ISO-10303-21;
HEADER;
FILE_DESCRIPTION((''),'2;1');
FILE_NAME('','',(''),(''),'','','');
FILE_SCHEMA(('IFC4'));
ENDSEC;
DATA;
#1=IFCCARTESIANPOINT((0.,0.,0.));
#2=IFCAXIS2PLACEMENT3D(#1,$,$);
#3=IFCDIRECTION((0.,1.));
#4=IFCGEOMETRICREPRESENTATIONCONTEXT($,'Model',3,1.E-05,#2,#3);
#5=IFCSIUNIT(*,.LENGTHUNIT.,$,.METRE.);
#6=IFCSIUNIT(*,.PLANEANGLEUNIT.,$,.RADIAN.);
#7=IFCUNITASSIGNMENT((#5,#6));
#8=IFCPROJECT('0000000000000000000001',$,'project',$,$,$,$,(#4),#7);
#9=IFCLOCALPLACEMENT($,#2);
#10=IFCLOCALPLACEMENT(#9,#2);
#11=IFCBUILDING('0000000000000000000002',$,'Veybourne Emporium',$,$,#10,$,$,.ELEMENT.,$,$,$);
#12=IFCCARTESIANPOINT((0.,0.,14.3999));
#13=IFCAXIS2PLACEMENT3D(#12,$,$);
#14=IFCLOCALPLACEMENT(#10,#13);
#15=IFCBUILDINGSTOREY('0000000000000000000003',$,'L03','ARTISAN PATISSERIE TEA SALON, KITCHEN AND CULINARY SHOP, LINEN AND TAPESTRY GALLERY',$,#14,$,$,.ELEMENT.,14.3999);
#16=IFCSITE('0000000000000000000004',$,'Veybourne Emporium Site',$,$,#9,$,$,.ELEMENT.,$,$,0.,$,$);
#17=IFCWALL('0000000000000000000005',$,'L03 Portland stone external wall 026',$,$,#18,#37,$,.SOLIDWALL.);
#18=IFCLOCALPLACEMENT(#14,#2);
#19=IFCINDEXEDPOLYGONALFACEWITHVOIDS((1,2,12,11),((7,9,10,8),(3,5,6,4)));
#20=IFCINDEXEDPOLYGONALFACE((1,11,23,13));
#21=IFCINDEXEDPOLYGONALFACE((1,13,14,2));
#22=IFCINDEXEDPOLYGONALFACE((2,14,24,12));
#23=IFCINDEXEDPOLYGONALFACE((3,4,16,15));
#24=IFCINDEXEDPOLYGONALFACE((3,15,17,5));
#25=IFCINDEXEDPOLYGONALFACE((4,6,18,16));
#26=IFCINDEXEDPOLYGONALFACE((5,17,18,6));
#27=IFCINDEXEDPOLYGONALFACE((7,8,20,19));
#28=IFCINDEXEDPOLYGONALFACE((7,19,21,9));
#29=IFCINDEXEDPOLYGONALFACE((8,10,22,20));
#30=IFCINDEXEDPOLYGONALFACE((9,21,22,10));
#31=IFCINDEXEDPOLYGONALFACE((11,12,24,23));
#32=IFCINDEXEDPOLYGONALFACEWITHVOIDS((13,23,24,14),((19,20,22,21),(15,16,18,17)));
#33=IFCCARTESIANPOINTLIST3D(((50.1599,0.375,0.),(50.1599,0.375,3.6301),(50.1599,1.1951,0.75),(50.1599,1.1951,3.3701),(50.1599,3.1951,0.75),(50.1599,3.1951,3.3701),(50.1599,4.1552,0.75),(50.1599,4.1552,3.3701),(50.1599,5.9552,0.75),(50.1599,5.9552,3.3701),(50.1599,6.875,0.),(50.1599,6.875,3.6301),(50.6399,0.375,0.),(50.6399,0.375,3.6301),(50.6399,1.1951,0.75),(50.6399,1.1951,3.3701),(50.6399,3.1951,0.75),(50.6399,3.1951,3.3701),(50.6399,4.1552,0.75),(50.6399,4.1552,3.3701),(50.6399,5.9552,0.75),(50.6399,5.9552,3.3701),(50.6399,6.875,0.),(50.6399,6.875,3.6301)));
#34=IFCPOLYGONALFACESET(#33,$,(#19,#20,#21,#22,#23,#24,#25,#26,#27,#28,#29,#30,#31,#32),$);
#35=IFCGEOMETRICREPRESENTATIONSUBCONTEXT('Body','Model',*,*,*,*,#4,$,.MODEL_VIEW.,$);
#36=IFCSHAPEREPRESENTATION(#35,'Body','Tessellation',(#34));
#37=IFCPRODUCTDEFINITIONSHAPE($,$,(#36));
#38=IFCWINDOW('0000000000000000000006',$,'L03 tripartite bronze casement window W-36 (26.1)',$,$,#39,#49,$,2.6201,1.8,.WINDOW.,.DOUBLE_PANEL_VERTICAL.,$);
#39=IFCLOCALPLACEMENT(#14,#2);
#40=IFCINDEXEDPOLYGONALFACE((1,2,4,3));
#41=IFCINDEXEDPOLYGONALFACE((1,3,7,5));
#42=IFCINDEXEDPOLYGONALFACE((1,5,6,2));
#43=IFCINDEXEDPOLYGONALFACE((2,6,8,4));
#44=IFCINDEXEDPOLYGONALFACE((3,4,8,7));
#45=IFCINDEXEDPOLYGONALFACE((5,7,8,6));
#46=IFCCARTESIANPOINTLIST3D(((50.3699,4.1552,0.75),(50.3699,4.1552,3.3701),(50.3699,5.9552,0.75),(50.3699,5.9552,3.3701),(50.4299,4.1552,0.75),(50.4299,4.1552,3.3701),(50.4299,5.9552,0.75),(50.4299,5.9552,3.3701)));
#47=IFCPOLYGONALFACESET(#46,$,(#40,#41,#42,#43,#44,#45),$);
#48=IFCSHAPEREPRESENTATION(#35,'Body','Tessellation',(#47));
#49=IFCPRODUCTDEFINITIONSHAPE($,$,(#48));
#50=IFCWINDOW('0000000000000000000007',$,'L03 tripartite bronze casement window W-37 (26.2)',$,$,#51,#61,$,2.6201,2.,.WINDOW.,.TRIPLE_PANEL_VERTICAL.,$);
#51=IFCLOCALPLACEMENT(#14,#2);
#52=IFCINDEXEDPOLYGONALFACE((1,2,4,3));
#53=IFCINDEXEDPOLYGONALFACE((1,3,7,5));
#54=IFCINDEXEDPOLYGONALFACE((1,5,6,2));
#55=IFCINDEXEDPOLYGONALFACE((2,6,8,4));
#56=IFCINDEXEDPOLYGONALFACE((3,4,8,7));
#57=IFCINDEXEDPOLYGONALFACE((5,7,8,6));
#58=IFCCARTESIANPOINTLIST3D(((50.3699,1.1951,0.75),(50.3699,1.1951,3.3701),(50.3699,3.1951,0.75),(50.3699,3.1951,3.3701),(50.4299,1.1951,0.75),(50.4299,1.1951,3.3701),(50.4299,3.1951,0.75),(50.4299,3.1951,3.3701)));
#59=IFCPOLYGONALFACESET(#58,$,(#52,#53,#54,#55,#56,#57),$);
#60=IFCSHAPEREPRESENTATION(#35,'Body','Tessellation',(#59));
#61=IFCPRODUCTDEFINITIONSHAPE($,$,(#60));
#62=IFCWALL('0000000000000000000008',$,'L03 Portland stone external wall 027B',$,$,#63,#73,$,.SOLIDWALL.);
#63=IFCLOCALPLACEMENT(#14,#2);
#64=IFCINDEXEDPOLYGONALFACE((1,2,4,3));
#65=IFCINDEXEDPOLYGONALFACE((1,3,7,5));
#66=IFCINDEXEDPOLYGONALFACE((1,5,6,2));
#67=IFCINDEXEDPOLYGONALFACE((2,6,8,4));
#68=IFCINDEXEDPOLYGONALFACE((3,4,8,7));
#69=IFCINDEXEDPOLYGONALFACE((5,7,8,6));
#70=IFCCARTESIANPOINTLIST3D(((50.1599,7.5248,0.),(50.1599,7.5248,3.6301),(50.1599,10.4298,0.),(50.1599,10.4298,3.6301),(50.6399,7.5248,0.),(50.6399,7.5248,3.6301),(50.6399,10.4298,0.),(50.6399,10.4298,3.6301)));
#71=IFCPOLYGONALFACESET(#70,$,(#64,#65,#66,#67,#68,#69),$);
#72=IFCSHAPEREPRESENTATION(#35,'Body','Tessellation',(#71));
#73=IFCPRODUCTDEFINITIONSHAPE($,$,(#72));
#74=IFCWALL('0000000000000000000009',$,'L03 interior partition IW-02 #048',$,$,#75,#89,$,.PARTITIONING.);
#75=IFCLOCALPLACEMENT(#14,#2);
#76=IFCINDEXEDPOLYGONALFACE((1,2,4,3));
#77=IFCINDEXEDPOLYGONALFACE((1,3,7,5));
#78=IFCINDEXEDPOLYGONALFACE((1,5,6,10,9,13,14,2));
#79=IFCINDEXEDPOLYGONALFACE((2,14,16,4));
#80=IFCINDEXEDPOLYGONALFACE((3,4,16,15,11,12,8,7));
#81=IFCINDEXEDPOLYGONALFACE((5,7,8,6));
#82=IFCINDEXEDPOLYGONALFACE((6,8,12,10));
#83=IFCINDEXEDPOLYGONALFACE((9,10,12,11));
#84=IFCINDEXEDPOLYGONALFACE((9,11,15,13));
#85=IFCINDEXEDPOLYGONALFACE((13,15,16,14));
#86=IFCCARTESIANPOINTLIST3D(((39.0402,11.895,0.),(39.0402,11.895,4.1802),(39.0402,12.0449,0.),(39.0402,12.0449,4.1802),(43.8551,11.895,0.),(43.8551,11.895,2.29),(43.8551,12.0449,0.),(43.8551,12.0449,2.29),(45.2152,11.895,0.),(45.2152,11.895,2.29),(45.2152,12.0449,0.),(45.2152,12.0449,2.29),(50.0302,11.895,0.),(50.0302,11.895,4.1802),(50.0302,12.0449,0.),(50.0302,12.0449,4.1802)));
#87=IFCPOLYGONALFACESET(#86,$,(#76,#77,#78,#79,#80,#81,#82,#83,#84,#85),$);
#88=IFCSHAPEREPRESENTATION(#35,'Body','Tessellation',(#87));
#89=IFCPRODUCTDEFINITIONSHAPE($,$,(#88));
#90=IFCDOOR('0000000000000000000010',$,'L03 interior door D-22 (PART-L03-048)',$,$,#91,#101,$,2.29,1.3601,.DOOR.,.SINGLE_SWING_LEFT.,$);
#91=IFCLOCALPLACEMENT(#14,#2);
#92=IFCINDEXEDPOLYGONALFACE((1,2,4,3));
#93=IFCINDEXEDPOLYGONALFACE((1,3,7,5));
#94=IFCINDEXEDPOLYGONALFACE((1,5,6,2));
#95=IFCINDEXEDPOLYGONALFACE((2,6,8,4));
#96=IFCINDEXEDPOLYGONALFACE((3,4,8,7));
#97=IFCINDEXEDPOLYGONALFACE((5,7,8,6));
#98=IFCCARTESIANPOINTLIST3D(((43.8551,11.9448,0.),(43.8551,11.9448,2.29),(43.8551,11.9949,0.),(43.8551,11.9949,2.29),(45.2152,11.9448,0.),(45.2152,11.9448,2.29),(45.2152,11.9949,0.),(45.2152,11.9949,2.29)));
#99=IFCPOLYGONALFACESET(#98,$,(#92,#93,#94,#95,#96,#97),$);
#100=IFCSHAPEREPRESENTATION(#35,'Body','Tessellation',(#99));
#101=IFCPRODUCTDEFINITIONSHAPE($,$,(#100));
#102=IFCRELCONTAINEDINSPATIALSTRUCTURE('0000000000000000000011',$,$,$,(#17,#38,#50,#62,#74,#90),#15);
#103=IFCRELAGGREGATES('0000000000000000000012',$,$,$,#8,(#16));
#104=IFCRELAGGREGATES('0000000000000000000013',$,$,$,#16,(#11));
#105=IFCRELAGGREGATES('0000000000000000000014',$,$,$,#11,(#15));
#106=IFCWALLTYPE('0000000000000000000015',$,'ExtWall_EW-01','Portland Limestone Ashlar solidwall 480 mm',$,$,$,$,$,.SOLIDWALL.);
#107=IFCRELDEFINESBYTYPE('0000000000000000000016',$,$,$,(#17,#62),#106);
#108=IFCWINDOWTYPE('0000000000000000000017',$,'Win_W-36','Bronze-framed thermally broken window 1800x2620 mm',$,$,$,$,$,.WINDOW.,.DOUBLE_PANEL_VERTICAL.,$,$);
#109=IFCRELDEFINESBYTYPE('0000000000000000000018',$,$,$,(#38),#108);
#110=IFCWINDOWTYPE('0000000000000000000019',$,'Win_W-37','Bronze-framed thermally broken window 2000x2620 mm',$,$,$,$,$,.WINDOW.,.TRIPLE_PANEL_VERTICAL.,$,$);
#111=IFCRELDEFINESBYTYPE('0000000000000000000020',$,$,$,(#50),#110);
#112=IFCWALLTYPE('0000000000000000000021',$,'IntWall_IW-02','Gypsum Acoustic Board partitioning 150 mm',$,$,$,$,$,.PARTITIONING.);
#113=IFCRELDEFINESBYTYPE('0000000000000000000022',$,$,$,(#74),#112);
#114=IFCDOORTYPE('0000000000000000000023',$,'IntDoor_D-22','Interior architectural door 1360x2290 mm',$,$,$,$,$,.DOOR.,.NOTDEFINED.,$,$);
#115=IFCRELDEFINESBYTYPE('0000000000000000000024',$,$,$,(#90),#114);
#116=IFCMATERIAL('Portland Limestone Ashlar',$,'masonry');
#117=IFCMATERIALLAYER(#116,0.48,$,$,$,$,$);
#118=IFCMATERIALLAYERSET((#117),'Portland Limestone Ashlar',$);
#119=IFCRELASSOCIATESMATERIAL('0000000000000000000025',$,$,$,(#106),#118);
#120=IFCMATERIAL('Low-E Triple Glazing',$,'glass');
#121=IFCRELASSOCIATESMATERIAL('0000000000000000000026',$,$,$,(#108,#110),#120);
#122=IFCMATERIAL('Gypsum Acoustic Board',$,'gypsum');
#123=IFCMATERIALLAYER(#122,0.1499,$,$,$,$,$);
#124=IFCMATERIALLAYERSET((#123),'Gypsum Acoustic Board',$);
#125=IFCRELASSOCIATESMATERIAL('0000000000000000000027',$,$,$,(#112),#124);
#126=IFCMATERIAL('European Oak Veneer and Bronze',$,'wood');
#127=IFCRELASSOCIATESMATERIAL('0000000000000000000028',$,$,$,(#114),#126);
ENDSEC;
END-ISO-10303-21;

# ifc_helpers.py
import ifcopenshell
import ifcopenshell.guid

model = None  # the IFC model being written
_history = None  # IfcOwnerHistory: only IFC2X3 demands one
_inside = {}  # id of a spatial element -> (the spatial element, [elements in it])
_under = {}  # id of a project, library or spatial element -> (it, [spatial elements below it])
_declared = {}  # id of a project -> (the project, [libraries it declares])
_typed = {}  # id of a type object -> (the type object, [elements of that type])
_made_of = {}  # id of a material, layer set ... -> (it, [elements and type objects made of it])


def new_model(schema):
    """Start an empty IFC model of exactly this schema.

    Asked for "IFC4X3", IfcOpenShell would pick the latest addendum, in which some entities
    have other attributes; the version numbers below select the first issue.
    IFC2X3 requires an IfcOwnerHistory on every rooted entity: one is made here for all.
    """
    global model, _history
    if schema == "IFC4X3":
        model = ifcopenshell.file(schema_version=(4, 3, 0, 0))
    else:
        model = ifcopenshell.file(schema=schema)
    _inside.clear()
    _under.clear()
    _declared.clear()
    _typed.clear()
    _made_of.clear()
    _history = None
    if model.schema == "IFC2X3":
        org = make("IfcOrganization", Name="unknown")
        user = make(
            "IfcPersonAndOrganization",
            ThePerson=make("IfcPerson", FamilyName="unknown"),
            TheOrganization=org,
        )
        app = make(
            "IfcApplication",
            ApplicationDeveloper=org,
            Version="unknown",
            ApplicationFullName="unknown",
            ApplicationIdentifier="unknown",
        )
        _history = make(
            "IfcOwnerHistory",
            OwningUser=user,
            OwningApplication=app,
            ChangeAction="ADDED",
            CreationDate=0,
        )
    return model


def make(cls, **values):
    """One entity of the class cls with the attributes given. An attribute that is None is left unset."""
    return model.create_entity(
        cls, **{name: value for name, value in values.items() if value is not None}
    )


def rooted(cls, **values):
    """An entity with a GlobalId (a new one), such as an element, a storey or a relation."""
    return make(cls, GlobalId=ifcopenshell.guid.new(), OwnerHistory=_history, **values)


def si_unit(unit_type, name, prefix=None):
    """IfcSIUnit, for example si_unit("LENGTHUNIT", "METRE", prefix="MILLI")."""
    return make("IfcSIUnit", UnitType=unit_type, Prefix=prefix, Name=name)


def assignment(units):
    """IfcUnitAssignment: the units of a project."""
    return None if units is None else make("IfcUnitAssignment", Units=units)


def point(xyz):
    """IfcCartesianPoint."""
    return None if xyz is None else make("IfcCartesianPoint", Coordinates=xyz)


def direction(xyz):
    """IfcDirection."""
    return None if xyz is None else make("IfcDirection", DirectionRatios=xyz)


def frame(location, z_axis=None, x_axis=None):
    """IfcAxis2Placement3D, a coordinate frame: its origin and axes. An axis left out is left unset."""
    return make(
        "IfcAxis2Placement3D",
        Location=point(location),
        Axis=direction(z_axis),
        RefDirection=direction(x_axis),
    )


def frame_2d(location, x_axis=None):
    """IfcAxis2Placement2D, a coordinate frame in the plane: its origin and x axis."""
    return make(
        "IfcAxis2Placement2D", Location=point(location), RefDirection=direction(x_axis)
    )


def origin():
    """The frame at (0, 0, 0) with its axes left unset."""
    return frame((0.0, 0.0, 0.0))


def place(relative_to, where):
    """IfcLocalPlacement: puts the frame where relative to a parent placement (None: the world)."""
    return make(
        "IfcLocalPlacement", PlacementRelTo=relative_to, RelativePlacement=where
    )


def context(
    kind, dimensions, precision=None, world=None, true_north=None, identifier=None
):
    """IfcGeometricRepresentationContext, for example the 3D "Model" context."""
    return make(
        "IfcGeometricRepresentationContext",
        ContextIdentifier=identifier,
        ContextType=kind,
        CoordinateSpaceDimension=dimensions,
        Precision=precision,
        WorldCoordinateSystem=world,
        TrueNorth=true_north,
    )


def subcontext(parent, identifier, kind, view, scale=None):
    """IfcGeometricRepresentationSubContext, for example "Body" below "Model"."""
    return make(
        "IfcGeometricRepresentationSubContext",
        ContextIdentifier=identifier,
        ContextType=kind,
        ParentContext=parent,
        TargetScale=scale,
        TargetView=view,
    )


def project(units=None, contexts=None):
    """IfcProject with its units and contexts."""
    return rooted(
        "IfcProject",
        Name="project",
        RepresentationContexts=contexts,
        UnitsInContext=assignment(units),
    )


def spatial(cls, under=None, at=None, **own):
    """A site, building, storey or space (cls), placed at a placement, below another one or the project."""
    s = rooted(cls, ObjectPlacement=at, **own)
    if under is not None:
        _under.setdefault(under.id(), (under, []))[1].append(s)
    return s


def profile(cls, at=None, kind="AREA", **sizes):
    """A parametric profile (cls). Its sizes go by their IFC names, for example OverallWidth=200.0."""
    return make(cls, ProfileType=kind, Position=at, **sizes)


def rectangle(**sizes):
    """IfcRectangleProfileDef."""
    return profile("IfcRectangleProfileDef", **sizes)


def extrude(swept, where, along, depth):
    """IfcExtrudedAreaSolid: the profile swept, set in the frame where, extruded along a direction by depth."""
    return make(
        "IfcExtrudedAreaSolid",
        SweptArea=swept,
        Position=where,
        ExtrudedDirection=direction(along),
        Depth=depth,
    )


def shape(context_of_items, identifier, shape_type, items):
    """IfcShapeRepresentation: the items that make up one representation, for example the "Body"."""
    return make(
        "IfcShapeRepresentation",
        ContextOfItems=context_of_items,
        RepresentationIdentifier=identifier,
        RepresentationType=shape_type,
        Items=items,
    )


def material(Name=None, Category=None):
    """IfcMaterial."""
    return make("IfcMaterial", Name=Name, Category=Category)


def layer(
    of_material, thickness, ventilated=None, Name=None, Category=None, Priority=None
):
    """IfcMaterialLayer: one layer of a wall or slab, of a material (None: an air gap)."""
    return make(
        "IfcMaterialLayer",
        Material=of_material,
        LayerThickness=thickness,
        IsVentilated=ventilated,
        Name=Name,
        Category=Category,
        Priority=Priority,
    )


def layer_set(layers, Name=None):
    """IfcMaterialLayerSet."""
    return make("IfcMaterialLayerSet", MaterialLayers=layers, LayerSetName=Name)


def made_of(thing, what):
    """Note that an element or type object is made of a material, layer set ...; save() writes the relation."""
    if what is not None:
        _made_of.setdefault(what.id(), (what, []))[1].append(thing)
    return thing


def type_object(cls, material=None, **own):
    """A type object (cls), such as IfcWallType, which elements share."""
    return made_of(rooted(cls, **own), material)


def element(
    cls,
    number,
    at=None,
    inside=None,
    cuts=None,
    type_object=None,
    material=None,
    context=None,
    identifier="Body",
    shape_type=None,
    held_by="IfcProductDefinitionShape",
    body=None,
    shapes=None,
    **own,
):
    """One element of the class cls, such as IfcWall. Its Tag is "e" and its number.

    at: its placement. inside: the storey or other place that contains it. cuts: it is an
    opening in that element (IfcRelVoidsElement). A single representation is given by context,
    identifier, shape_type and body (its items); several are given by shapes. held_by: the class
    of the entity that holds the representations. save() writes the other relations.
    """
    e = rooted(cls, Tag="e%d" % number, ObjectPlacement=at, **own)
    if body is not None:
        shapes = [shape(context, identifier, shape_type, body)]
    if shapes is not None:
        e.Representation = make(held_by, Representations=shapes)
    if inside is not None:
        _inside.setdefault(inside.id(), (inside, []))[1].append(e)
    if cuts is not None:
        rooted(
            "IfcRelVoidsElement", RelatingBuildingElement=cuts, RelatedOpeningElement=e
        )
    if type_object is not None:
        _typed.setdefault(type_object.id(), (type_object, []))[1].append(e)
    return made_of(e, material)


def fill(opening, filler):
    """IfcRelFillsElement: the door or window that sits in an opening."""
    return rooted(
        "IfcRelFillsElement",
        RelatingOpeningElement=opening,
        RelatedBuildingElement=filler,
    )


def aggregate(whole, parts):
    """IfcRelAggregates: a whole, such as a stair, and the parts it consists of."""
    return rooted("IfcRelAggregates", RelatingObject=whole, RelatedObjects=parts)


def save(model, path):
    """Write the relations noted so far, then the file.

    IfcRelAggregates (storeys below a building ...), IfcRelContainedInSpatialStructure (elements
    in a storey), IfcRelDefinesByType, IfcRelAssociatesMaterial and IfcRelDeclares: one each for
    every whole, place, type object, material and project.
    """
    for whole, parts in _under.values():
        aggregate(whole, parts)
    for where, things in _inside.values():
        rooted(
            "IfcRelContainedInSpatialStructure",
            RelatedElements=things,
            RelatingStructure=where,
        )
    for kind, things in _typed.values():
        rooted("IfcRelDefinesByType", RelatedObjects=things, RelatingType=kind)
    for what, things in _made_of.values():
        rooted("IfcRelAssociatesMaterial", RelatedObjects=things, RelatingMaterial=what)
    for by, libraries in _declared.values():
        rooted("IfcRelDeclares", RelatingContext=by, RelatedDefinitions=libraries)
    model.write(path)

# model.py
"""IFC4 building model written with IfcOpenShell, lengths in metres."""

from ifc_helpers import new_model, si_unit, direction, frame, frame_2d, origin, place, context, subcontext, project, spatial, rectangle, extrude, material, layer, layer_set, type_object, element, fill, save


model = new_model("IFC4")

# Units and contexts
model_context = context("Model", 3, precision=1e-05, world=origin(), true_north=direction((0.0, 1.0)))
body_context = subcontext(model_context, "Body", "Model", "MODEL_VIEW")
ifc_project = project(units=[si_unit("LENGTHUNIT", "METRE"), si_unit("PLANEANGLEUNIT", "RADIAN")], contexts=[model_context])

# Site, building, storey
site_placement = place(None, origin())
site = spatial("IfcSite", under=ifc_project, at=site_placement, Name="Veybourne Emporium Site", CompositionType="ELEMENT", RefElevation=0.0)
building_placement = place(site_placement, origin())
building = spatial("IfcBuilding", under=site, at=building_placement, Name="Veybourne Emporium", CompositionType="ELEMENT")
storey_placement = place(building_placement, frame((0.0, 0.0, 14.3999)))
storey = spatial("IfcBuildingStorey", under=building, at=storey_placement, Name="L03", Description="ARTISAN PATISSERIE TEA SALON, KITCHEN AND CULINARY SHOP, LINEN AND TAPESTRY GALLERY", CompositionType="ELEMENT", Elevation=14.3999)

# Wall, openings, windows
ifc_material_1 = material(Name="Portland Limestone Ashlar", Category="masonry")
ifc_layer_1 = layer(ifc_material_1, 0.48)
ifc_layer_set_1 = layer_set([ifc_layer_1], Name="Portland Limestone Ashlar")
wall_type_1 = type_object("IfcWallType", Name="ExtWall_EW-01", Description="Portland Limestone Ashlar solidwall 480 mm", PredefinedType="SOLIDWALL", material=ifc_layer_set_1)
wall_1_placement = place(storey_placement, frame((50.3999, 6.875, 0.0), z_axis=(0.0, 0.0, 1.0), x_axis=(0.0, -1.0, 0.0)))
wall_1 = element("IfcWall", 1, at=wall_1_placement, inside=storey, type_object=wall_type_1, Name="L03 Portland stone external wall 026", PredefinedType="SOLIDWALL", context=body_context, shape_type="SweptSolid", body=[
    extrude(rectangle(XDim=6.5, YDim=0.48, at=frame_2d((3.25, 0.0))), origin(), (0.0, 0.0, 1.0), 3.6301),
])
opening_1_placement = place(wall_1_placement, frame((0.9199, 0.0, 0.75)))
opening_1 = element("IfcOpeningElement", 2, at=opening_1_placement, cuts=wall_1, PredefinedType="OPENING", context=body_context, shape_type="SweptSolid", body=[
    extrude(rectangle(XDim=1.8, YDim=2.6201, at=frame_2d((0.8999, 1.3101))), frame((0.0, 0.26, 0.0), z_axis=(0.0, -1.0, 0.0), x_axis=(1.0, 0.0, 0.0)), (0.0, 0.0, 1.0), 0.52),
])
opening_2_placement = place(wall_1_placement, frame((3.6799, 0.0, 0.75)))
opening_2 = element("IfcOpeningElement", 3, at=opening_2_placement, cuts=wall_1, PredefinedType="OPENING", context=body_context, shape_type="SweptSolid", body=[
    extrude(rectangle(XDim=2.0, YDim=2.6201, at=frame_2d((1.0, 1.3101))), frame((0.0, 0.26, 0.0), z_axis=(0.0, -1.0, 0.0), x_axis=(1.0, 0.0, 0.0)), (0.0, 0.0, 1.0), 0.52),
])
ifc_material_2 = material(Name="Low-E Triple Glazing", Category="glass")
window_type_1 = type_object("IfcWindowType", Name="Win_W-36", Description="Bronze-framed thermally broken window 1800x2620 mm", PartitioningType="DOUBLE_PANEL_VERTICAL", PredefinedType="WINDOW", material=ifc_material_2)
window_1_placement = place(opening_1_placement, origin())
window_1 = element("IfcWindow", 4, at=window_1_placement, inside=storey, type_object=window_type_1, Name="L03 tripartite bronze casement window W-36 (26.1)", OverallHeight=2.6201, OverallWidth=1.8, PartitioningType="DOUBLE_PANEL_VERTICAL", PredefinedType="WINDOW", context=body_context, shape_type="SweptSolid", body=[
    extrude(rectangle(XDim=1.8, YDim=2.6201, at=frame_2d((0.8999, 1.3101))), frame((0.0, 0.03, 0.0), z_axis=(0.0, -1.0, 0.0), x_axis=(1.0, 0.0, 0.0)), (0.0, 0.0, 1.0), 0.0601),
])
fill(opening_1, window_1)
window_type_2 = type_object("IfcWindowType", Name="Win_W-37", Description="Bronze-framed thermally broken window 2000x2620 mm", PartitioningType="TRIPLE_PANEL_VERTICAL", PredefinedType="WINDOW", material=ifc_material_2)
window_2_placement = place(opening_2_placement, origin())
window_2 = element("IfcWindow", 5, at=window_2_placement, inside=storey, type_object=window_type_2, Name="L03 tripartite bronze casement window W-37 (26.2)", OverallHeight=2.6201, OverallWidth=2.0, PartitioningType="TRIPLE_PANEL_VERTICAL", PredefinedType="WINDOW", context=body_context, shape_type="SweptSolid", body=[
    extrude(rectangle(XDim=2.0, YDim=2.6201, at=frame_2d((1.0, 1.3101))), frame((0.0, 0.03, 0.0), z_axis=(0.0, -1.0, 0.0), x_axis=(1.0, 0.0, 0.0)), (0.0, 0.0, 1.0), 0.0601),
])
fill(opening_2, window_2)

# Wall
wall_2_placement = place(storey_placement, frame((50.3999, 10.4299, 0.0), z_axis=(0.0, 0.0, 1.0), x_axis=(0.0, -1.0, 0.0)))
element("IfcWall", 6, at=wall_2_placement, inside=storey, type_object=wall_type_1, Name="L03 Portland stone external wall 027B", PredefinedType="SOLIDWALL", context=body_context, shape_type="SweptSolid", body=[
    extrude(rectangle(XDim=2.905, YDim=0.48, at=frame_2d((1.4526, 0.0))), origin(), (0.0, 0.0, 1.0), 3.6301),
])

# Wall, opening, door
ifc_material_3 = material(Name="Gypsum Acoustic Board", Category="gypsum")
ifc_layer_2 = layer(ifc_material_3, 0.1499)
ifc_layer_set_2 = layer_set([ifc_layer_2], Name="Gypsum Acoustic Board")
wall_type_2 = type_object("IfcWallType", Name="IntWall_IW-02", Description="Gypsum Acoustic Board partitioning 150 mm", PredefinedType="PARTITIONING", material=ifc_layer_set_2)
wall_3_placement = place(storey_placement, frame((39.04, 11.97, 0.0), z_axis=(0.0, 0.0, 1.0), x_axis=(1.0, 0.0, 0.0)))
wall_3 = element("IfcWall", 7, at=wall_3_placement, inside=storey, type_object=wall_type_2, Name="L03 interior partition IW-02 #048", PredefinedType="PARTITIONING", context=body_context, shape_type="SweptSolid", body=[
    extrude(rectangle(XDim=10.99, YDim=0.1499, at=frame_2d((5.4951, 0.0))), origin(), (0.0, 0.0, 1.0), 4.1802),
])
opening_3_placement = place(wall_3_placement, frame((4.8149, 0.0, 0.0)))
opening_3 = element("IfcOpeningElement", 8, at=opening_3_placement, cuts=wall_3, PredefinedType="OPENING", context=body_context, shape_type="SweptSolid", body=[
    extrude(rectangle(XDim=1.3601, YDim=2.29, at=frame_2d((0.6802, 1.145))), frame((0.0, 0.095, 0.0), z_axis=(0.0, -1.0, 0.0), x_axis=(1.0, 0.0, 0.0)), (0.0, 0.0, 1.0), 0.1899),
])
ifc_material_4 = material(Name="European Oak Veneer and Bronze", Category="wood")
door_type = type_object("IfcDoorType", Name="IntDoor_D-22", Description="Interior architectural door 1360x2290 mm", OperationType="NOTDEFINED", PredefinedType="DOOR", material=ifc_material_4)
door_placement = place(opening_3_placement, origin())
door = element("IfcDoor", 9, at=door_placement, inside=storey, type_object=door_type, Name="L03 interior door D-22 (PART-L03-048)", OperationType="SINGLE_SWING_LEFT", OverallHeight=2.29, OverallWidth=1.3601, PredefinedType="DOOR", context=body_context, shape_type="SweptSolid", body=[
    extrude(rectangle(XDim=1.3601, YDim=2.29, at=frame_2d((0.6802, 1.145))), frame((0.0, 0.0249, 0.0), z_axis=(0.0, -1.0, 0.0), x_axis=(1.0, 0.0, 0.0)), (0.0, 0.0, 1.0), 0.05),
])
fill(opening_3, door)

save(model, "model.ifc")
